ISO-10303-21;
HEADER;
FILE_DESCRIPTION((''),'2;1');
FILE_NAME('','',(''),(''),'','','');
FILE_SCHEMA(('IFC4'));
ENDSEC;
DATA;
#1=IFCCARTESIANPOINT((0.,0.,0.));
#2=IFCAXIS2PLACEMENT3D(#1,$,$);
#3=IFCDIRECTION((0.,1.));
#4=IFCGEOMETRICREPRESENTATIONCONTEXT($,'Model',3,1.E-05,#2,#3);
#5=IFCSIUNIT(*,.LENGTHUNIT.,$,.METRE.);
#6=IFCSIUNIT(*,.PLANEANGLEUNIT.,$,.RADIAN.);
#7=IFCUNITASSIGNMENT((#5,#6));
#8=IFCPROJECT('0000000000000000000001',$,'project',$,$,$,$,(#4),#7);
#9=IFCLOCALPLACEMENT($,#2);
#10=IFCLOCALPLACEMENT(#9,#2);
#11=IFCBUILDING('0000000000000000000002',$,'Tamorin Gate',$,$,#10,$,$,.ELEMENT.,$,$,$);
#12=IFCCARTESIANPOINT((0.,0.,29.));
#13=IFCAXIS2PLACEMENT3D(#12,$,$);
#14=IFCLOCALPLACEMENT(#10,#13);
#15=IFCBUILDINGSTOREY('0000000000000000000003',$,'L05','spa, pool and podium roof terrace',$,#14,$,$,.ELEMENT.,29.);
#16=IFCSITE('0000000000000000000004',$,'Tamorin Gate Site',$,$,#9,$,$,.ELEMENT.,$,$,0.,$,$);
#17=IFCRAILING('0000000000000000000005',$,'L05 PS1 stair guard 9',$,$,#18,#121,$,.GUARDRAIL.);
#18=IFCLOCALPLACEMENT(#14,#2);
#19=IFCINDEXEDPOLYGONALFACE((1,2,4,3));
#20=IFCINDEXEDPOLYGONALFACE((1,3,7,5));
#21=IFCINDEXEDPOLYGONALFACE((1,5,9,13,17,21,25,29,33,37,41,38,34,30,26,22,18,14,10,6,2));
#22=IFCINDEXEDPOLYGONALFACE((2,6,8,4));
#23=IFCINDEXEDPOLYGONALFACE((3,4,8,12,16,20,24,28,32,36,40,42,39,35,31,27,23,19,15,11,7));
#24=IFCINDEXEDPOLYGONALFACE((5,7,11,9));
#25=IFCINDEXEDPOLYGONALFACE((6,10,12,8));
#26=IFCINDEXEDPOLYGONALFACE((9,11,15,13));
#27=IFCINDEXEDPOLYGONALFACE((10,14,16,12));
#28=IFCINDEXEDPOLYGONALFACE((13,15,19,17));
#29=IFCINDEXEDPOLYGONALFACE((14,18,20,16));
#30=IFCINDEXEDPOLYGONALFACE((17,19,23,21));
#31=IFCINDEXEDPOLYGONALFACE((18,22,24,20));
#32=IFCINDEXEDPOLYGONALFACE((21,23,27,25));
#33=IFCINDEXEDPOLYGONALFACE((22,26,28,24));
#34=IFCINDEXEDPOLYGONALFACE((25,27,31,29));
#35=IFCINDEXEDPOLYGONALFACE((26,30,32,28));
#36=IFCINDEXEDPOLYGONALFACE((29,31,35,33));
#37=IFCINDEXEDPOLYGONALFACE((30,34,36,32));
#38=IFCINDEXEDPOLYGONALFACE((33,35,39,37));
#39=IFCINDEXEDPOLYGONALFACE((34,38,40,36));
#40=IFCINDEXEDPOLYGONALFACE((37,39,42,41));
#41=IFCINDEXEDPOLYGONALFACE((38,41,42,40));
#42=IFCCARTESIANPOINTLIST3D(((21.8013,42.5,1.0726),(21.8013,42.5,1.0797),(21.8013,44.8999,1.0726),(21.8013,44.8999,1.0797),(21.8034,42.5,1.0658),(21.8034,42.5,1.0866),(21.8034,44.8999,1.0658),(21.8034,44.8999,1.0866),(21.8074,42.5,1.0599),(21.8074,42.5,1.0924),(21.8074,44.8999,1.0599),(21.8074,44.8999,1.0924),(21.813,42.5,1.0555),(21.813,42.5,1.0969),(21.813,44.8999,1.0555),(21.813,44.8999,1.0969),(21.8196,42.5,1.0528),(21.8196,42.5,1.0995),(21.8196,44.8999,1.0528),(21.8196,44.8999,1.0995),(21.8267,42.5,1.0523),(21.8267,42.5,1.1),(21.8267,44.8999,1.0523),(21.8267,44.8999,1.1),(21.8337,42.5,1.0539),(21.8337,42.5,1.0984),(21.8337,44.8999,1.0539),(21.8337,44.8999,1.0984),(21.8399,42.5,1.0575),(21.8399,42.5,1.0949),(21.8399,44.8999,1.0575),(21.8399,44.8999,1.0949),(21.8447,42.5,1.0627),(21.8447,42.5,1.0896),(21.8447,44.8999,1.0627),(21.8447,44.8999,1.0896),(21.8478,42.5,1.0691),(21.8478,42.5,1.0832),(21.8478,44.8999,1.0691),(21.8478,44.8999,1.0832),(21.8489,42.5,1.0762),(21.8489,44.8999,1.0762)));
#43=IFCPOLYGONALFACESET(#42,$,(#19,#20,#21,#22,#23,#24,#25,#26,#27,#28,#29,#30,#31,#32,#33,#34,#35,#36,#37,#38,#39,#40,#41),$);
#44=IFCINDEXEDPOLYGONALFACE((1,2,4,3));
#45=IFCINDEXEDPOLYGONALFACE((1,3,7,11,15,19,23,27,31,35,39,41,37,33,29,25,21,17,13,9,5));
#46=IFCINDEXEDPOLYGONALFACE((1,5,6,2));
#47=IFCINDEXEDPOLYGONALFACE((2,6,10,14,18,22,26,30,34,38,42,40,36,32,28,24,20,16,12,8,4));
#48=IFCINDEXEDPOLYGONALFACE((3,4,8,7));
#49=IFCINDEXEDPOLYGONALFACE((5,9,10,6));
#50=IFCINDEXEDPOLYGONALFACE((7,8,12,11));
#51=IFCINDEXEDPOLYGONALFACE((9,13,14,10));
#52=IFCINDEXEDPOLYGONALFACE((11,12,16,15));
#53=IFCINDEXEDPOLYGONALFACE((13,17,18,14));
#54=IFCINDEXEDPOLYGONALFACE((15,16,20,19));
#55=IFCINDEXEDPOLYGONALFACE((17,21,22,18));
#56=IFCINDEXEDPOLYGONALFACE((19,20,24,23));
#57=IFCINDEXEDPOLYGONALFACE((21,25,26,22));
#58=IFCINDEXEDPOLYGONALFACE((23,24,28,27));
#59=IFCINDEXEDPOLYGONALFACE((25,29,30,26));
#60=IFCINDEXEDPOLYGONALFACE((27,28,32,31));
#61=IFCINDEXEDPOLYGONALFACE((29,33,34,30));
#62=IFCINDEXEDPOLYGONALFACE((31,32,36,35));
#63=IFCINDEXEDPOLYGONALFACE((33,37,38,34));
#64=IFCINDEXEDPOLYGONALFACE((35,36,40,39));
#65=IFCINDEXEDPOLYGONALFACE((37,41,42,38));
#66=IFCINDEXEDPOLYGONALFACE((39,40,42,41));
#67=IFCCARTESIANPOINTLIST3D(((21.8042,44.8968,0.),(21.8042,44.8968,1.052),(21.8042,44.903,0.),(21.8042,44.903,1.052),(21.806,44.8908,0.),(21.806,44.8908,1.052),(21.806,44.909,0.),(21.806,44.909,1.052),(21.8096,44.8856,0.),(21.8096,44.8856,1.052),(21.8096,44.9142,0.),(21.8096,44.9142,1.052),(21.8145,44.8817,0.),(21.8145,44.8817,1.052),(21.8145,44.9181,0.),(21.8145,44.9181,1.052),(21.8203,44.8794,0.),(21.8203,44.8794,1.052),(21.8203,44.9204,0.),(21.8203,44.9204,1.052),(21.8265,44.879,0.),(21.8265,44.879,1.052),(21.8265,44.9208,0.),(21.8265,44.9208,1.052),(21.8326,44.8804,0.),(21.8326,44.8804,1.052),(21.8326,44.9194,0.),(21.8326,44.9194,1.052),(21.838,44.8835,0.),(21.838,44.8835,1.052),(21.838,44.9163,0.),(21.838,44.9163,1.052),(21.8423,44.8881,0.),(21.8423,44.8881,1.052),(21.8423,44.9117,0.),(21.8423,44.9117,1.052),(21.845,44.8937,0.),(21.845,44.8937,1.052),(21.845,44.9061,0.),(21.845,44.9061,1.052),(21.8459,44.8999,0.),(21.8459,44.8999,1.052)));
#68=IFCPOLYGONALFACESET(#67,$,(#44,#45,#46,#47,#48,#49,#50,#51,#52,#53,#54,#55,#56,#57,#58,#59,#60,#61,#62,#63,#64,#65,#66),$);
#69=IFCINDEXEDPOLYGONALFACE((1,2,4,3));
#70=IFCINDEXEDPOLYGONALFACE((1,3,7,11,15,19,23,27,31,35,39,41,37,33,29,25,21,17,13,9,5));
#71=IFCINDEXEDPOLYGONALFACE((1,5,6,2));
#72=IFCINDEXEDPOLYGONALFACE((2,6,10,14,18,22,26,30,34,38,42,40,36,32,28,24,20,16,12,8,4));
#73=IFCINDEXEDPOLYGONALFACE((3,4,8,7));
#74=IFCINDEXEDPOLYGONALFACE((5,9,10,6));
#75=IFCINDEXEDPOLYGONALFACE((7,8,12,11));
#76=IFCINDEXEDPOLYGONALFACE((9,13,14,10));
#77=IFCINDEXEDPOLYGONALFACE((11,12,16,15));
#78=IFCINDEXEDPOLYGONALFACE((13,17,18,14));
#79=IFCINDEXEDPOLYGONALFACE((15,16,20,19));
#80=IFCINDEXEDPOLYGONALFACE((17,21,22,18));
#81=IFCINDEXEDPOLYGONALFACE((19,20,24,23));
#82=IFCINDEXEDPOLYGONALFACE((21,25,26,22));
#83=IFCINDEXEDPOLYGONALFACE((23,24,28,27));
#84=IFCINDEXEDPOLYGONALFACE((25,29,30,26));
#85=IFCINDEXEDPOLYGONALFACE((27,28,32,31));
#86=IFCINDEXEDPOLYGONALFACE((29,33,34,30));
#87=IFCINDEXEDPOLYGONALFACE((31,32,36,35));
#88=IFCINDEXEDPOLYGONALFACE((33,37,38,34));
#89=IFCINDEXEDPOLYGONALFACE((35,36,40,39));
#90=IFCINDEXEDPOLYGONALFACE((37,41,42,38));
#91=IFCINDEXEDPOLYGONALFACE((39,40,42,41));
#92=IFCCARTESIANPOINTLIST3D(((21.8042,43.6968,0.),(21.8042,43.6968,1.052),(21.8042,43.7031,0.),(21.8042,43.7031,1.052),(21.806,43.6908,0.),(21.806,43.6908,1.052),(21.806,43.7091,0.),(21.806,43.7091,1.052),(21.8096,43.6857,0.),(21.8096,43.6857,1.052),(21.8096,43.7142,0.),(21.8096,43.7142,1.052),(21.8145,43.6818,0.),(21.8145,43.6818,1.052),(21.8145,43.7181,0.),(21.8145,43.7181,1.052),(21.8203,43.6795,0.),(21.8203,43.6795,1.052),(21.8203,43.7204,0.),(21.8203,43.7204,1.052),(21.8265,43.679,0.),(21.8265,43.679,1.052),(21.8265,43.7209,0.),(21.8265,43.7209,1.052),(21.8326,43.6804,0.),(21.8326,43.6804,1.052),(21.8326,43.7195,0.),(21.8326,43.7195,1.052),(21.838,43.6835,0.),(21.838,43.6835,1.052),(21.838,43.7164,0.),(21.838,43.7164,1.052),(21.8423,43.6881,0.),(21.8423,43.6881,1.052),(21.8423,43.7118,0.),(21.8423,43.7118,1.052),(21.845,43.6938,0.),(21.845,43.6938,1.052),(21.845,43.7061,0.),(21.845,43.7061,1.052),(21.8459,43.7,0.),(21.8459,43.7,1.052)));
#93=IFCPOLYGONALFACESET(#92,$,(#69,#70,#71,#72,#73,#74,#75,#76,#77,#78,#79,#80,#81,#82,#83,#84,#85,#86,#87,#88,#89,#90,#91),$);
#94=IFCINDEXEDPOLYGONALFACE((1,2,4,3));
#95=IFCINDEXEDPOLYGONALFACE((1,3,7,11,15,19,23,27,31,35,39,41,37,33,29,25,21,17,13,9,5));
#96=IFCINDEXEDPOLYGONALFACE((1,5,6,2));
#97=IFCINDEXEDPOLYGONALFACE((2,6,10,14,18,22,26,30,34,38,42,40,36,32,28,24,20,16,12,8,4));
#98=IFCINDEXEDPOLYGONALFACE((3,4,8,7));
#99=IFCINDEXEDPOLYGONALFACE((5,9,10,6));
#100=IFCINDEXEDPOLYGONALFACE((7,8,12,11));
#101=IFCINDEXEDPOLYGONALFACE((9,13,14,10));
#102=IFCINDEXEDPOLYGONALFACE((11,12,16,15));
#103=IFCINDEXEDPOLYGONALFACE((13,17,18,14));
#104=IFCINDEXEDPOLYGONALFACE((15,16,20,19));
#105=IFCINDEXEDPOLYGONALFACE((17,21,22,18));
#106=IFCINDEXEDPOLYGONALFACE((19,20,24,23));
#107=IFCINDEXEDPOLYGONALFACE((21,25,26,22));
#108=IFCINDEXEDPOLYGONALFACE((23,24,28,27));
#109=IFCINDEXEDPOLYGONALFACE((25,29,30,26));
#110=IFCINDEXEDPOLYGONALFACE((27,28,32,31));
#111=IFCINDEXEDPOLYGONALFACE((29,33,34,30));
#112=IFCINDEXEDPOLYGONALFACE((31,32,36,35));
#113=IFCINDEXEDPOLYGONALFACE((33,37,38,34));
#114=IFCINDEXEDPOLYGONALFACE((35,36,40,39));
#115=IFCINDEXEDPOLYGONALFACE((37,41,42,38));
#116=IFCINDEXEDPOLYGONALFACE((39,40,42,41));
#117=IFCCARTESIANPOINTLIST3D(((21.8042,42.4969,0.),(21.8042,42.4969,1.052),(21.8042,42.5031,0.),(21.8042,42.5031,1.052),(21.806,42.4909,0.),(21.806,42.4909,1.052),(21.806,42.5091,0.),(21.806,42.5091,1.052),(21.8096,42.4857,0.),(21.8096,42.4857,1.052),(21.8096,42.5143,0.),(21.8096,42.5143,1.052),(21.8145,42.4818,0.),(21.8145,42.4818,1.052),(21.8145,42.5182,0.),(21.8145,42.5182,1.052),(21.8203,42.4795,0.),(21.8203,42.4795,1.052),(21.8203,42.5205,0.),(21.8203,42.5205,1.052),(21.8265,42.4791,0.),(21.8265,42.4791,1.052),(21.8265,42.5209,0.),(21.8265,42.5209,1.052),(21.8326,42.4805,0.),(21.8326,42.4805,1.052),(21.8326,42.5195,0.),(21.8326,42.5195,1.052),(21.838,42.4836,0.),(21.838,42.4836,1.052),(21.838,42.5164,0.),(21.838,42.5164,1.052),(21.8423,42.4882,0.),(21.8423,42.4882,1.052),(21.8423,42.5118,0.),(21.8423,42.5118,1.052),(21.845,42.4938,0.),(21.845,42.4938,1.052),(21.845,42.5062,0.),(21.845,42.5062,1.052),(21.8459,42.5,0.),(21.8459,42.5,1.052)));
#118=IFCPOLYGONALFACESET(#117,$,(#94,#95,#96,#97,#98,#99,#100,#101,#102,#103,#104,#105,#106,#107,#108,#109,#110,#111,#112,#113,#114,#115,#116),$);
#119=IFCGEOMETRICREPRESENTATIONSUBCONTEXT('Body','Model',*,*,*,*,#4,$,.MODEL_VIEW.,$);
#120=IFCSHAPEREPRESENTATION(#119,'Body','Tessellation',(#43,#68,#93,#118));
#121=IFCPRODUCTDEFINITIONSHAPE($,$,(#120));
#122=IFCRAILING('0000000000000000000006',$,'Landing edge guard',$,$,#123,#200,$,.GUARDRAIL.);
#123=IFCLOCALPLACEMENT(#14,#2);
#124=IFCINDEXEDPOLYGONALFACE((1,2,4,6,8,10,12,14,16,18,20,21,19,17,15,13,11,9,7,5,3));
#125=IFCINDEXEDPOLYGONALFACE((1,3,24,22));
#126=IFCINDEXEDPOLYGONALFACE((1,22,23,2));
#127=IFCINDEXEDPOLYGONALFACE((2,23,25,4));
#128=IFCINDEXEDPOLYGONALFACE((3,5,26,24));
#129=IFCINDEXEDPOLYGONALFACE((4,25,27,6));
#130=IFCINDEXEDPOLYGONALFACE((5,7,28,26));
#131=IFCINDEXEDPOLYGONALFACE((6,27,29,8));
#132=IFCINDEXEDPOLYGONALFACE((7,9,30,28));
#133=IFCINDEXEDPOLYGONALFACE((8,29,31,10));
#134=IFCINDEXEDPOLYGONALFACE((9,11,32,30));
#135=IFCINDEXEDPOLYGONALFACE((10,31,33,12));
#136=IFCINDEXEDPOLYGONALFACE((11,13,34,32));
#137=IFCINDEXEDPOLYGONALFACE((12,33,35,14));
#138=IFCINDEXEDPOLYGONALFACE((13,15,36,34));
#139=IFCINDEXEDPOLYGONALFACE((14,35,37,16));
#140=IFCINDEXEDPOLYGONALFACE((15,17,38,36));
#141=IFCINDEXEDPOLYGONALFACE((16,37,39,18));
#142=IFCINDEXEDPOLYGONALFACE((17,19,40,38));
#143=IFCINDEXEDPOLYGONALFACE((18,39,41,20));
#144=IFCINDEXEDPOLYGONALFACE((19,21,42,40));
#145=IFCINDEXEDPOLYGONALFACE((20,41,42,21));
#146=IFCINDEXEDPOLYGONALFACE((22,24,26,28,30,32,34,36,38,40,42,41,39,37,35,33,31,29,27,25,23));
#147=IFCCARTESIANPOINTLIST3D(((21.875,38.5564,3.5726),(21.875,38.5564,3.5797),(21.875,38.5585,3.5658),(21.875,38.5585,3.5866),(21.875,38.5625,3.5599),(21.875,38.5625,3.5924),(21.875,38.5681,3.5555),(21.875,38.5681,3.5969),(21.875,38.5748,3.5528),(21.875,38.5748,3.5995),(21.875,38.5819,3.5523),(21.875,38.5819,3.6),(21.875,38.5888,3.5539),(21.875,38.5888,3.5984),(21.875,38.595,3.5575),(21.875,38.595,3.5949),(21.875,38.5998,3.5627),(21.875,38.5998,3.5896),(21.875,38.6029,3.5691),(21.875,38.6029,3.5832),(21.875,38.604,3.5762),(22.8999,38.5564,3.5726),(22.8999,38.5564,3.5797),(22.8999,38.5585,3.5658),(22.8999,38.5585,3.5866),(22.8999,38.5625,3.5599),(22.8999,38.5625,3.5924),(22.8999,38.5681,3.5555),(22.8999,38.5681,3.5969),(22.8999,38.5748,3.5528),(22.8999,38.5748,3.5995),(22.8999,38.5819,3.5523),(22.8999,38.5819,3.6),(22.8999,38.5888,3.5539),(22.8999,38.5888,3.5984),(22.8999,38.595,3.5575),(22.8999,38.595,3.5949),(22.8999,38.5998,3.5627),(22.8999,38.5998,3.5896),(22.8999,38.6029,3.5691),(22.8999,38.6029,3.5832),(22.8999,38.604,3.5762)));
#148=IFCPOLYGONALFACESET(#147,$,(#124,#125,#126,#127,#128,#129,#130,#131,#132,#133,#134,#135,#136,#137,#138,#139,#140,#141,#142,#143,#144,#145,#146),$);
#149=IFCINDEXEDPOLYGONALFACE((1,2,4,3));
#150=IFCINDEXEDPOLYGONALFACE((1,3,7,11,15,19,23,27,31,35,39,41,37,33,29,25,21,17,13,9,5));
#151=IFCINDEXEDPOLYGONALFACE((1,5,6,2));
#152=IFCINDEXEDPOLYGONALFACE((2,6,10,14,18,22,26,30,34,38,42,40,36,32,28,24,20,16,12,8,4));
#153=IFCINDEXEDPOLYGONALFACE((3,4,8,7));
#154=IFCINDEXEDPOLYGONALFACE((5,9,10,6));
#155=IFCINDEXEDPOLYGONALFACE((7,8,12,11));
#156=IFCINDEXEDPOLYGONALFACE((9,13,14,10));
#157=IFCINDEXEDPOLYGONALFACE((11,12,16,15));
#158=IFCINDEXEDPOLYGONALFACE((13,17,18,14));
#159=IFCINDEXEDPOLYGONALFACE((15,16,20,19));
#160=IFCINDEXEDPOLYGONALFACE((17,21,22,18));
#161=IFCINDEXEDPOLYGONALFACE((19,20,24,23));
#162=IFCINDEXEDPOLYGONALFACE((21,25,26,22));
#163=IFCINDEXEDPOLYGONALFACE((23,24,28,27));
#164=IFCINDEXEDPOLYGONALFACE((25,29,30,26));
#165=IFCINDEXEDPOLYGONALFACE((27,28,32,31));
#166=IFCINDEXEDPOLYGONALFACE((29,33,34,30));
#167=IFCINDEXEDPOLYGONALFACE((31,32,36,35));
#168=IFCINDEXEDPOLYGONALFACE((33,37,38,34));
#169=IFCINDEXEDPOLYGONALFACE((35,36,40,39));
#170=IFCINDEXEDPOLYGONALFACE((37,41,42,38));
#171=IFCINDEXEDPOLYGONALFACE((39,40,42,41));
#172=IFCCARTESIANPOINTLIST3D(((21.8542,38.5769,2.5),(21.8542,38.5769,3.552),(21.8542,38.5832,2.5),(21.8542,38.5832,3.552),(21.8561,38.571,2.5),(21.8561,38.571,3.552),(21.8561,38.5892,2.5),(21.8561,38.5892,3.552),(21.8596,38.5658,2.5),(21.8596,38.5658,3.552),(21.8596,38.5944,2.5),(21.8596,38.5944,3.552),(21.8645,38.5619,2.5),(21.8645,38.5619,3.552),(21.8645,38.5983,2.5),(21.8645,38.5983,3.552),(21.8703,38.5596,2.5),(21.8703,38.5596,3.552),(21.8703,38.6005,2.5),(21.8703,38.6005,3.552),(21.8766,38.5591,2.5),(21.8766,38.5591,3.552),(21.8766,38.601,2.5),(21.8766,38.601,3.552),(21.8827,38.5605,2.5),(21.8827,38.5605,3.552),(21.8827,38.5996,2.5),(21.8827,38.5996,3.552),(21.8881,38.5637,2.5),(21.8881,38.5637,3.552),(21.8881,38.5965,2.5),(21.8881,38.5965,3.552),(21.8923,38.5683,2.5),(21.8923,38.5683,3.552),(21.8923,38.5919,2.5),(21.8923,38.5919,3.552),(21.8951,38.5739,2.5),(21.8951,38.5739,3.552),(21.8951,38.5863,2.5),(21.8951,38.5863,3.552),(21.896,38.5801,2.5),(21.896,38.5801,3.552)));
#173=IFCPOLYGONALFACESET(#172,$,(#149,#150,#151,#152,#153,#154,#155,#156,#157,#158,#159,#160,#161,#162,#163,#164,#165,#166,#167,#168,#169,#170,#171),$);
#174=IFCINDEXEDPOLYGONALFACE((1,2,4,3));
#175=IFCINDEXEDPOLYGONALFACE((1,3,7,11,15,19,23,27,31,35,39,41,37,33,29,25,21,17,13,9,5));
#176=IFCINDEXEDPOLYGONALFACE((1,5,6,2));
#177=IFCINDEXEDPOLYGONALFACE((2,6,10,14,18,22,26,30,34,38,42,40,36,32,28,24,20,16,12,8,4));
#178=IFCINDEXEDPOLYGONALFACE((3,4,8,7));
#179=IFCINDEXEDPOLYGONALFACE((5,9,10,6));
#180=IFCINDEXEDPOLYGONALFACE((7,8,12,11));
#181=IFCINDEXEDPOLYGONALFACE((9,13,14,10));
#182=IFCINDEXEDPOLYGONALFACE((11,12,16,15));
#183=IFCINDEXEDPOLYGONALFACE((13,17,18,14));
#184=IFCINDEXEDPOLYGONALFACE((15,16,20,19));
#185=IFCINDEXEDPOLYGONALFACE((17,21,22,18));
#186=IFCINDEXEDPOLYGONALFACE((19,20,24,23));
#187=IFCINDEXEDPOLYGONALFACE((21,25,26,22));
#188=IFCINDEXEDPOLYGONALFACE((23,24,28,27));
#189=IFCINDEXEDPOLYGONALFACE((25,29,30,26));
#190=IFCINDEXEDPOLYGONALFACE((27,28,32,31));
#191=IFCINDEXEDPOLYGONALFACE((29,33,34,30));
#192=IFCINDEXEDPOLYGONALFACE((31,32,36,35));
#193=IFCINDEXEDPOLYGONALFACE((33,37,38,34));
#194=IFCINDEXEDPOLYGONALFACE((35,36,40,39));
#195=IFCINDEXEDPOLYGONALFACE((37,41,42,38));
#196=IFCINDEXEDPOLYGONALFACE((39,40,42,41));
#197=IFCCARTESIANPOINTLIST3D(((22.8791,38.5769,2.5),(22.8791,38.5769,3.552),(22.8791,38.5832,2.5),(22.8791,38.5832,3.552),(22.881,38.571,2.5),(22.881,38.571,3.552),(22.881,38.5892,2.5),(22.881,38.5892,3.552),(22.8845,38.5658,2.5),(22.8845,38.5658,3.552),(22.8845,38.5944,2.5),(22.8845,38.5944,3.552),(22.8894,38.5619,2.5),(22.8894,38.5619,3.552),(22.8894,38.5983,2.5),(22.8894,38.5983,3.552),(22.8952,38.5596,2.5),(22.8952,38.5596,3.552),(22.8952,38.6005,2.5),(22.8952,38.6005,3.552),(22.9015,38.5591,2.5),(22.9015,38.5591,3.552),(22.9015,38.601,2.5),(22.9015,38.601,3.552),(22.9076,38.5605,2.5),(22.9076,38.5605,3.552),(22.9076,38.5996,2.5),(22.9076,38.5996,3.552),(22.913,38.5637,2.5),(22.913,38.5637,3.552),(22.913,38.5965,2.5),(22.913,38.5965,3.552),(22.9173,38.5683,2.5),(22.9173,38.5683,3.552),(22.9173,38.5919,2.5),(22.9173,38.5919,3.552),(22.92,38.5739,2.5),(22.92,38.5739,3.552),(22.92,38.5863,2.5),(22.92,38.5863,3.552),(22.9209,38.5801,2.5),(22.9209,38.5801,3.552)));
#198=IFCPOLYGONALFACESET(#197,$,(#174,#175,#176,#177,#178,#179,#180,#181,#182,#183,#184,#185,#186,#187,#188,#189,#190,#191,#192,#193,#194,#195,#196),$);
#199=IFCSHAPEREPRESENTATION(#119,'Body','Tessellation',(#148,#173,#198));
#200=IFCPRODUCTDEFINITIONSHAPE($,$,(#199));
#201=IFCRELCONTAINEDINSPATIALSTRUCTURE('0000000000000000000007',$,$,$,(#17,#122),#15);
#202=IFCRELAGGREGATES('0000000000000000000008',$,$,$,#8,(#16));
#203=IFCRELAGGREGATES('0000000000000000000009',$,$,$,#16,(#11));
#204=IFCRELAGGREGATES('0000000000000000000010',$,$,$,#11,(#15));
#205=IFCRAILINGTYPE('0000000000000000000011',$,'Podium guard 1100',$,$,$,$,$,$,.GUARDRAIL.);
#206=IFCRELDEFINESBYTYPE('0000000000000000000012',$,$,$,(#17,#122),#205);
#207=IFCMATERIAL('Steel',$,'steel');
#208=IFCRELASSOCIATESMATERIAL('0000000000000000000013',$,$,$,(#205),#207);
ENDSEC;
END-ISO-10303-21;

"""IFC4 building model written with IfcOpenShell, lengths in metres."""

from ifc_helpers import new_model, si_unit, direction, frame, origin, origin_2d, place, context, subcontext, project, spatial, circle, extrude, material, type_object, element, save


model = new_model("IFC4")

# Units and contexts
model_context = context("Model", 3, precision=1e-05, world=origin(), true_north=direction((0.0, 1.0)))
body_context = subcontext(model_context, "Body", "Model", "MODEL_VIEW")
ifc_project = project(units=[si_unit("LENGTHUNIT", "METRE"), si_unit("PLANEANGLEUNIT", "RADIAN")], contexts=[model_context])

# Site, building, storey
site_placement = place(None, origin())
site = spatial("IfcSite", under=ifc_project, at=site_placement, Name="Tamorin Gate Site", CompositionType="ELEMENT", RefElevation=0.0)
building_placement = place(site_placement, origin())
building = spatial("IfcBuilding", under=site, at=building_placement, Name="Tamorin Gate", CompositionType="ELEMENT")
storey_placement = place(building_placement, frame((0.0, 0.0, 29.0)))
storey = spatial("IfcBuildingStorey", under=building, at=storey_placement, Name="L05", Description="spa, pool and podium roof terrace", CompositionType="ELEMENT", Elevation=29.0)

# Railings
ifc_material_1 = material(Name="Steel", Category="steel")
railing_type_1 = type_object("IfcRailingType", Name="Podium guard 1100", PredefinedType="GUARDRAIL", material=ifc_material_1)
for number, where, name in (
    (1, (21.825, 44.8999, 0.0), "L05 PS1 stair guard 9"),
):
    element("IfcRailing", number, at=place(storey_placement, frame(where)), inside=storey, type_object=railing_type_1, Name=name, PredefinedType="GUARDRAIL", context=body_context, shape_type="SweptSolid", body=[
        extrude(circle(Radius=0.0239, at=origin_2d()), frame((0.0, 0.0, 1.0762), z_axis=(0.0, -1.0, 0.0), x_axis=(1.0, 0.0, 0.0)), (0.0, 0.0, 1.0), 2.3999),
        extrude(circle(Radius=0.021, at=origin_2d()), origin(), (0.0, 0.0, 1.0), 1.052),
        extrude(circle(Radius=0.021, at=origin_2d()), frame((0.0, -1.2, 0.0)), (0.0, 0.0, 1.0), 1.052),
        extrude(circle(Radius=0.021, at=origin_2d()), frame((0.0, -2.3999, 0.0)), (0.0, 0.0, 1.0), 1.052),
    ])
railing_1_placement = place(storey_placement, frame((21.875, 38.5801, 2.5)))
element("IfcRailing", 2, at=railing_1_placement, inside=storey, type_object=railing_type_1, Name="Landing edge guard", PredefinedType="GUARDRAIL", context=body_context, shape_type="SweptSolid", body=[
    extrude(circle(Radius=0.0239, at=origin_2d()), frame((0.0, 0.0, 1.0762), z_axis=(1.0, 0.0, 0.0), x_axis=(0.0, 1.0, 0.0)), (0.0, 0.0, 1.0), 1.0249),
    extrude(circle(Radius=0.021, at=origin_2d()), origin(), (0.0, 0.0, 1.0), 1.052),
    extrude(circle(Radius=0.021, at=origin_2d()), frame((1.0249, 0.0, 0.0)), (0.0, 0.0, 1.0), 1.052),
])

save(model, "model.ifc")
